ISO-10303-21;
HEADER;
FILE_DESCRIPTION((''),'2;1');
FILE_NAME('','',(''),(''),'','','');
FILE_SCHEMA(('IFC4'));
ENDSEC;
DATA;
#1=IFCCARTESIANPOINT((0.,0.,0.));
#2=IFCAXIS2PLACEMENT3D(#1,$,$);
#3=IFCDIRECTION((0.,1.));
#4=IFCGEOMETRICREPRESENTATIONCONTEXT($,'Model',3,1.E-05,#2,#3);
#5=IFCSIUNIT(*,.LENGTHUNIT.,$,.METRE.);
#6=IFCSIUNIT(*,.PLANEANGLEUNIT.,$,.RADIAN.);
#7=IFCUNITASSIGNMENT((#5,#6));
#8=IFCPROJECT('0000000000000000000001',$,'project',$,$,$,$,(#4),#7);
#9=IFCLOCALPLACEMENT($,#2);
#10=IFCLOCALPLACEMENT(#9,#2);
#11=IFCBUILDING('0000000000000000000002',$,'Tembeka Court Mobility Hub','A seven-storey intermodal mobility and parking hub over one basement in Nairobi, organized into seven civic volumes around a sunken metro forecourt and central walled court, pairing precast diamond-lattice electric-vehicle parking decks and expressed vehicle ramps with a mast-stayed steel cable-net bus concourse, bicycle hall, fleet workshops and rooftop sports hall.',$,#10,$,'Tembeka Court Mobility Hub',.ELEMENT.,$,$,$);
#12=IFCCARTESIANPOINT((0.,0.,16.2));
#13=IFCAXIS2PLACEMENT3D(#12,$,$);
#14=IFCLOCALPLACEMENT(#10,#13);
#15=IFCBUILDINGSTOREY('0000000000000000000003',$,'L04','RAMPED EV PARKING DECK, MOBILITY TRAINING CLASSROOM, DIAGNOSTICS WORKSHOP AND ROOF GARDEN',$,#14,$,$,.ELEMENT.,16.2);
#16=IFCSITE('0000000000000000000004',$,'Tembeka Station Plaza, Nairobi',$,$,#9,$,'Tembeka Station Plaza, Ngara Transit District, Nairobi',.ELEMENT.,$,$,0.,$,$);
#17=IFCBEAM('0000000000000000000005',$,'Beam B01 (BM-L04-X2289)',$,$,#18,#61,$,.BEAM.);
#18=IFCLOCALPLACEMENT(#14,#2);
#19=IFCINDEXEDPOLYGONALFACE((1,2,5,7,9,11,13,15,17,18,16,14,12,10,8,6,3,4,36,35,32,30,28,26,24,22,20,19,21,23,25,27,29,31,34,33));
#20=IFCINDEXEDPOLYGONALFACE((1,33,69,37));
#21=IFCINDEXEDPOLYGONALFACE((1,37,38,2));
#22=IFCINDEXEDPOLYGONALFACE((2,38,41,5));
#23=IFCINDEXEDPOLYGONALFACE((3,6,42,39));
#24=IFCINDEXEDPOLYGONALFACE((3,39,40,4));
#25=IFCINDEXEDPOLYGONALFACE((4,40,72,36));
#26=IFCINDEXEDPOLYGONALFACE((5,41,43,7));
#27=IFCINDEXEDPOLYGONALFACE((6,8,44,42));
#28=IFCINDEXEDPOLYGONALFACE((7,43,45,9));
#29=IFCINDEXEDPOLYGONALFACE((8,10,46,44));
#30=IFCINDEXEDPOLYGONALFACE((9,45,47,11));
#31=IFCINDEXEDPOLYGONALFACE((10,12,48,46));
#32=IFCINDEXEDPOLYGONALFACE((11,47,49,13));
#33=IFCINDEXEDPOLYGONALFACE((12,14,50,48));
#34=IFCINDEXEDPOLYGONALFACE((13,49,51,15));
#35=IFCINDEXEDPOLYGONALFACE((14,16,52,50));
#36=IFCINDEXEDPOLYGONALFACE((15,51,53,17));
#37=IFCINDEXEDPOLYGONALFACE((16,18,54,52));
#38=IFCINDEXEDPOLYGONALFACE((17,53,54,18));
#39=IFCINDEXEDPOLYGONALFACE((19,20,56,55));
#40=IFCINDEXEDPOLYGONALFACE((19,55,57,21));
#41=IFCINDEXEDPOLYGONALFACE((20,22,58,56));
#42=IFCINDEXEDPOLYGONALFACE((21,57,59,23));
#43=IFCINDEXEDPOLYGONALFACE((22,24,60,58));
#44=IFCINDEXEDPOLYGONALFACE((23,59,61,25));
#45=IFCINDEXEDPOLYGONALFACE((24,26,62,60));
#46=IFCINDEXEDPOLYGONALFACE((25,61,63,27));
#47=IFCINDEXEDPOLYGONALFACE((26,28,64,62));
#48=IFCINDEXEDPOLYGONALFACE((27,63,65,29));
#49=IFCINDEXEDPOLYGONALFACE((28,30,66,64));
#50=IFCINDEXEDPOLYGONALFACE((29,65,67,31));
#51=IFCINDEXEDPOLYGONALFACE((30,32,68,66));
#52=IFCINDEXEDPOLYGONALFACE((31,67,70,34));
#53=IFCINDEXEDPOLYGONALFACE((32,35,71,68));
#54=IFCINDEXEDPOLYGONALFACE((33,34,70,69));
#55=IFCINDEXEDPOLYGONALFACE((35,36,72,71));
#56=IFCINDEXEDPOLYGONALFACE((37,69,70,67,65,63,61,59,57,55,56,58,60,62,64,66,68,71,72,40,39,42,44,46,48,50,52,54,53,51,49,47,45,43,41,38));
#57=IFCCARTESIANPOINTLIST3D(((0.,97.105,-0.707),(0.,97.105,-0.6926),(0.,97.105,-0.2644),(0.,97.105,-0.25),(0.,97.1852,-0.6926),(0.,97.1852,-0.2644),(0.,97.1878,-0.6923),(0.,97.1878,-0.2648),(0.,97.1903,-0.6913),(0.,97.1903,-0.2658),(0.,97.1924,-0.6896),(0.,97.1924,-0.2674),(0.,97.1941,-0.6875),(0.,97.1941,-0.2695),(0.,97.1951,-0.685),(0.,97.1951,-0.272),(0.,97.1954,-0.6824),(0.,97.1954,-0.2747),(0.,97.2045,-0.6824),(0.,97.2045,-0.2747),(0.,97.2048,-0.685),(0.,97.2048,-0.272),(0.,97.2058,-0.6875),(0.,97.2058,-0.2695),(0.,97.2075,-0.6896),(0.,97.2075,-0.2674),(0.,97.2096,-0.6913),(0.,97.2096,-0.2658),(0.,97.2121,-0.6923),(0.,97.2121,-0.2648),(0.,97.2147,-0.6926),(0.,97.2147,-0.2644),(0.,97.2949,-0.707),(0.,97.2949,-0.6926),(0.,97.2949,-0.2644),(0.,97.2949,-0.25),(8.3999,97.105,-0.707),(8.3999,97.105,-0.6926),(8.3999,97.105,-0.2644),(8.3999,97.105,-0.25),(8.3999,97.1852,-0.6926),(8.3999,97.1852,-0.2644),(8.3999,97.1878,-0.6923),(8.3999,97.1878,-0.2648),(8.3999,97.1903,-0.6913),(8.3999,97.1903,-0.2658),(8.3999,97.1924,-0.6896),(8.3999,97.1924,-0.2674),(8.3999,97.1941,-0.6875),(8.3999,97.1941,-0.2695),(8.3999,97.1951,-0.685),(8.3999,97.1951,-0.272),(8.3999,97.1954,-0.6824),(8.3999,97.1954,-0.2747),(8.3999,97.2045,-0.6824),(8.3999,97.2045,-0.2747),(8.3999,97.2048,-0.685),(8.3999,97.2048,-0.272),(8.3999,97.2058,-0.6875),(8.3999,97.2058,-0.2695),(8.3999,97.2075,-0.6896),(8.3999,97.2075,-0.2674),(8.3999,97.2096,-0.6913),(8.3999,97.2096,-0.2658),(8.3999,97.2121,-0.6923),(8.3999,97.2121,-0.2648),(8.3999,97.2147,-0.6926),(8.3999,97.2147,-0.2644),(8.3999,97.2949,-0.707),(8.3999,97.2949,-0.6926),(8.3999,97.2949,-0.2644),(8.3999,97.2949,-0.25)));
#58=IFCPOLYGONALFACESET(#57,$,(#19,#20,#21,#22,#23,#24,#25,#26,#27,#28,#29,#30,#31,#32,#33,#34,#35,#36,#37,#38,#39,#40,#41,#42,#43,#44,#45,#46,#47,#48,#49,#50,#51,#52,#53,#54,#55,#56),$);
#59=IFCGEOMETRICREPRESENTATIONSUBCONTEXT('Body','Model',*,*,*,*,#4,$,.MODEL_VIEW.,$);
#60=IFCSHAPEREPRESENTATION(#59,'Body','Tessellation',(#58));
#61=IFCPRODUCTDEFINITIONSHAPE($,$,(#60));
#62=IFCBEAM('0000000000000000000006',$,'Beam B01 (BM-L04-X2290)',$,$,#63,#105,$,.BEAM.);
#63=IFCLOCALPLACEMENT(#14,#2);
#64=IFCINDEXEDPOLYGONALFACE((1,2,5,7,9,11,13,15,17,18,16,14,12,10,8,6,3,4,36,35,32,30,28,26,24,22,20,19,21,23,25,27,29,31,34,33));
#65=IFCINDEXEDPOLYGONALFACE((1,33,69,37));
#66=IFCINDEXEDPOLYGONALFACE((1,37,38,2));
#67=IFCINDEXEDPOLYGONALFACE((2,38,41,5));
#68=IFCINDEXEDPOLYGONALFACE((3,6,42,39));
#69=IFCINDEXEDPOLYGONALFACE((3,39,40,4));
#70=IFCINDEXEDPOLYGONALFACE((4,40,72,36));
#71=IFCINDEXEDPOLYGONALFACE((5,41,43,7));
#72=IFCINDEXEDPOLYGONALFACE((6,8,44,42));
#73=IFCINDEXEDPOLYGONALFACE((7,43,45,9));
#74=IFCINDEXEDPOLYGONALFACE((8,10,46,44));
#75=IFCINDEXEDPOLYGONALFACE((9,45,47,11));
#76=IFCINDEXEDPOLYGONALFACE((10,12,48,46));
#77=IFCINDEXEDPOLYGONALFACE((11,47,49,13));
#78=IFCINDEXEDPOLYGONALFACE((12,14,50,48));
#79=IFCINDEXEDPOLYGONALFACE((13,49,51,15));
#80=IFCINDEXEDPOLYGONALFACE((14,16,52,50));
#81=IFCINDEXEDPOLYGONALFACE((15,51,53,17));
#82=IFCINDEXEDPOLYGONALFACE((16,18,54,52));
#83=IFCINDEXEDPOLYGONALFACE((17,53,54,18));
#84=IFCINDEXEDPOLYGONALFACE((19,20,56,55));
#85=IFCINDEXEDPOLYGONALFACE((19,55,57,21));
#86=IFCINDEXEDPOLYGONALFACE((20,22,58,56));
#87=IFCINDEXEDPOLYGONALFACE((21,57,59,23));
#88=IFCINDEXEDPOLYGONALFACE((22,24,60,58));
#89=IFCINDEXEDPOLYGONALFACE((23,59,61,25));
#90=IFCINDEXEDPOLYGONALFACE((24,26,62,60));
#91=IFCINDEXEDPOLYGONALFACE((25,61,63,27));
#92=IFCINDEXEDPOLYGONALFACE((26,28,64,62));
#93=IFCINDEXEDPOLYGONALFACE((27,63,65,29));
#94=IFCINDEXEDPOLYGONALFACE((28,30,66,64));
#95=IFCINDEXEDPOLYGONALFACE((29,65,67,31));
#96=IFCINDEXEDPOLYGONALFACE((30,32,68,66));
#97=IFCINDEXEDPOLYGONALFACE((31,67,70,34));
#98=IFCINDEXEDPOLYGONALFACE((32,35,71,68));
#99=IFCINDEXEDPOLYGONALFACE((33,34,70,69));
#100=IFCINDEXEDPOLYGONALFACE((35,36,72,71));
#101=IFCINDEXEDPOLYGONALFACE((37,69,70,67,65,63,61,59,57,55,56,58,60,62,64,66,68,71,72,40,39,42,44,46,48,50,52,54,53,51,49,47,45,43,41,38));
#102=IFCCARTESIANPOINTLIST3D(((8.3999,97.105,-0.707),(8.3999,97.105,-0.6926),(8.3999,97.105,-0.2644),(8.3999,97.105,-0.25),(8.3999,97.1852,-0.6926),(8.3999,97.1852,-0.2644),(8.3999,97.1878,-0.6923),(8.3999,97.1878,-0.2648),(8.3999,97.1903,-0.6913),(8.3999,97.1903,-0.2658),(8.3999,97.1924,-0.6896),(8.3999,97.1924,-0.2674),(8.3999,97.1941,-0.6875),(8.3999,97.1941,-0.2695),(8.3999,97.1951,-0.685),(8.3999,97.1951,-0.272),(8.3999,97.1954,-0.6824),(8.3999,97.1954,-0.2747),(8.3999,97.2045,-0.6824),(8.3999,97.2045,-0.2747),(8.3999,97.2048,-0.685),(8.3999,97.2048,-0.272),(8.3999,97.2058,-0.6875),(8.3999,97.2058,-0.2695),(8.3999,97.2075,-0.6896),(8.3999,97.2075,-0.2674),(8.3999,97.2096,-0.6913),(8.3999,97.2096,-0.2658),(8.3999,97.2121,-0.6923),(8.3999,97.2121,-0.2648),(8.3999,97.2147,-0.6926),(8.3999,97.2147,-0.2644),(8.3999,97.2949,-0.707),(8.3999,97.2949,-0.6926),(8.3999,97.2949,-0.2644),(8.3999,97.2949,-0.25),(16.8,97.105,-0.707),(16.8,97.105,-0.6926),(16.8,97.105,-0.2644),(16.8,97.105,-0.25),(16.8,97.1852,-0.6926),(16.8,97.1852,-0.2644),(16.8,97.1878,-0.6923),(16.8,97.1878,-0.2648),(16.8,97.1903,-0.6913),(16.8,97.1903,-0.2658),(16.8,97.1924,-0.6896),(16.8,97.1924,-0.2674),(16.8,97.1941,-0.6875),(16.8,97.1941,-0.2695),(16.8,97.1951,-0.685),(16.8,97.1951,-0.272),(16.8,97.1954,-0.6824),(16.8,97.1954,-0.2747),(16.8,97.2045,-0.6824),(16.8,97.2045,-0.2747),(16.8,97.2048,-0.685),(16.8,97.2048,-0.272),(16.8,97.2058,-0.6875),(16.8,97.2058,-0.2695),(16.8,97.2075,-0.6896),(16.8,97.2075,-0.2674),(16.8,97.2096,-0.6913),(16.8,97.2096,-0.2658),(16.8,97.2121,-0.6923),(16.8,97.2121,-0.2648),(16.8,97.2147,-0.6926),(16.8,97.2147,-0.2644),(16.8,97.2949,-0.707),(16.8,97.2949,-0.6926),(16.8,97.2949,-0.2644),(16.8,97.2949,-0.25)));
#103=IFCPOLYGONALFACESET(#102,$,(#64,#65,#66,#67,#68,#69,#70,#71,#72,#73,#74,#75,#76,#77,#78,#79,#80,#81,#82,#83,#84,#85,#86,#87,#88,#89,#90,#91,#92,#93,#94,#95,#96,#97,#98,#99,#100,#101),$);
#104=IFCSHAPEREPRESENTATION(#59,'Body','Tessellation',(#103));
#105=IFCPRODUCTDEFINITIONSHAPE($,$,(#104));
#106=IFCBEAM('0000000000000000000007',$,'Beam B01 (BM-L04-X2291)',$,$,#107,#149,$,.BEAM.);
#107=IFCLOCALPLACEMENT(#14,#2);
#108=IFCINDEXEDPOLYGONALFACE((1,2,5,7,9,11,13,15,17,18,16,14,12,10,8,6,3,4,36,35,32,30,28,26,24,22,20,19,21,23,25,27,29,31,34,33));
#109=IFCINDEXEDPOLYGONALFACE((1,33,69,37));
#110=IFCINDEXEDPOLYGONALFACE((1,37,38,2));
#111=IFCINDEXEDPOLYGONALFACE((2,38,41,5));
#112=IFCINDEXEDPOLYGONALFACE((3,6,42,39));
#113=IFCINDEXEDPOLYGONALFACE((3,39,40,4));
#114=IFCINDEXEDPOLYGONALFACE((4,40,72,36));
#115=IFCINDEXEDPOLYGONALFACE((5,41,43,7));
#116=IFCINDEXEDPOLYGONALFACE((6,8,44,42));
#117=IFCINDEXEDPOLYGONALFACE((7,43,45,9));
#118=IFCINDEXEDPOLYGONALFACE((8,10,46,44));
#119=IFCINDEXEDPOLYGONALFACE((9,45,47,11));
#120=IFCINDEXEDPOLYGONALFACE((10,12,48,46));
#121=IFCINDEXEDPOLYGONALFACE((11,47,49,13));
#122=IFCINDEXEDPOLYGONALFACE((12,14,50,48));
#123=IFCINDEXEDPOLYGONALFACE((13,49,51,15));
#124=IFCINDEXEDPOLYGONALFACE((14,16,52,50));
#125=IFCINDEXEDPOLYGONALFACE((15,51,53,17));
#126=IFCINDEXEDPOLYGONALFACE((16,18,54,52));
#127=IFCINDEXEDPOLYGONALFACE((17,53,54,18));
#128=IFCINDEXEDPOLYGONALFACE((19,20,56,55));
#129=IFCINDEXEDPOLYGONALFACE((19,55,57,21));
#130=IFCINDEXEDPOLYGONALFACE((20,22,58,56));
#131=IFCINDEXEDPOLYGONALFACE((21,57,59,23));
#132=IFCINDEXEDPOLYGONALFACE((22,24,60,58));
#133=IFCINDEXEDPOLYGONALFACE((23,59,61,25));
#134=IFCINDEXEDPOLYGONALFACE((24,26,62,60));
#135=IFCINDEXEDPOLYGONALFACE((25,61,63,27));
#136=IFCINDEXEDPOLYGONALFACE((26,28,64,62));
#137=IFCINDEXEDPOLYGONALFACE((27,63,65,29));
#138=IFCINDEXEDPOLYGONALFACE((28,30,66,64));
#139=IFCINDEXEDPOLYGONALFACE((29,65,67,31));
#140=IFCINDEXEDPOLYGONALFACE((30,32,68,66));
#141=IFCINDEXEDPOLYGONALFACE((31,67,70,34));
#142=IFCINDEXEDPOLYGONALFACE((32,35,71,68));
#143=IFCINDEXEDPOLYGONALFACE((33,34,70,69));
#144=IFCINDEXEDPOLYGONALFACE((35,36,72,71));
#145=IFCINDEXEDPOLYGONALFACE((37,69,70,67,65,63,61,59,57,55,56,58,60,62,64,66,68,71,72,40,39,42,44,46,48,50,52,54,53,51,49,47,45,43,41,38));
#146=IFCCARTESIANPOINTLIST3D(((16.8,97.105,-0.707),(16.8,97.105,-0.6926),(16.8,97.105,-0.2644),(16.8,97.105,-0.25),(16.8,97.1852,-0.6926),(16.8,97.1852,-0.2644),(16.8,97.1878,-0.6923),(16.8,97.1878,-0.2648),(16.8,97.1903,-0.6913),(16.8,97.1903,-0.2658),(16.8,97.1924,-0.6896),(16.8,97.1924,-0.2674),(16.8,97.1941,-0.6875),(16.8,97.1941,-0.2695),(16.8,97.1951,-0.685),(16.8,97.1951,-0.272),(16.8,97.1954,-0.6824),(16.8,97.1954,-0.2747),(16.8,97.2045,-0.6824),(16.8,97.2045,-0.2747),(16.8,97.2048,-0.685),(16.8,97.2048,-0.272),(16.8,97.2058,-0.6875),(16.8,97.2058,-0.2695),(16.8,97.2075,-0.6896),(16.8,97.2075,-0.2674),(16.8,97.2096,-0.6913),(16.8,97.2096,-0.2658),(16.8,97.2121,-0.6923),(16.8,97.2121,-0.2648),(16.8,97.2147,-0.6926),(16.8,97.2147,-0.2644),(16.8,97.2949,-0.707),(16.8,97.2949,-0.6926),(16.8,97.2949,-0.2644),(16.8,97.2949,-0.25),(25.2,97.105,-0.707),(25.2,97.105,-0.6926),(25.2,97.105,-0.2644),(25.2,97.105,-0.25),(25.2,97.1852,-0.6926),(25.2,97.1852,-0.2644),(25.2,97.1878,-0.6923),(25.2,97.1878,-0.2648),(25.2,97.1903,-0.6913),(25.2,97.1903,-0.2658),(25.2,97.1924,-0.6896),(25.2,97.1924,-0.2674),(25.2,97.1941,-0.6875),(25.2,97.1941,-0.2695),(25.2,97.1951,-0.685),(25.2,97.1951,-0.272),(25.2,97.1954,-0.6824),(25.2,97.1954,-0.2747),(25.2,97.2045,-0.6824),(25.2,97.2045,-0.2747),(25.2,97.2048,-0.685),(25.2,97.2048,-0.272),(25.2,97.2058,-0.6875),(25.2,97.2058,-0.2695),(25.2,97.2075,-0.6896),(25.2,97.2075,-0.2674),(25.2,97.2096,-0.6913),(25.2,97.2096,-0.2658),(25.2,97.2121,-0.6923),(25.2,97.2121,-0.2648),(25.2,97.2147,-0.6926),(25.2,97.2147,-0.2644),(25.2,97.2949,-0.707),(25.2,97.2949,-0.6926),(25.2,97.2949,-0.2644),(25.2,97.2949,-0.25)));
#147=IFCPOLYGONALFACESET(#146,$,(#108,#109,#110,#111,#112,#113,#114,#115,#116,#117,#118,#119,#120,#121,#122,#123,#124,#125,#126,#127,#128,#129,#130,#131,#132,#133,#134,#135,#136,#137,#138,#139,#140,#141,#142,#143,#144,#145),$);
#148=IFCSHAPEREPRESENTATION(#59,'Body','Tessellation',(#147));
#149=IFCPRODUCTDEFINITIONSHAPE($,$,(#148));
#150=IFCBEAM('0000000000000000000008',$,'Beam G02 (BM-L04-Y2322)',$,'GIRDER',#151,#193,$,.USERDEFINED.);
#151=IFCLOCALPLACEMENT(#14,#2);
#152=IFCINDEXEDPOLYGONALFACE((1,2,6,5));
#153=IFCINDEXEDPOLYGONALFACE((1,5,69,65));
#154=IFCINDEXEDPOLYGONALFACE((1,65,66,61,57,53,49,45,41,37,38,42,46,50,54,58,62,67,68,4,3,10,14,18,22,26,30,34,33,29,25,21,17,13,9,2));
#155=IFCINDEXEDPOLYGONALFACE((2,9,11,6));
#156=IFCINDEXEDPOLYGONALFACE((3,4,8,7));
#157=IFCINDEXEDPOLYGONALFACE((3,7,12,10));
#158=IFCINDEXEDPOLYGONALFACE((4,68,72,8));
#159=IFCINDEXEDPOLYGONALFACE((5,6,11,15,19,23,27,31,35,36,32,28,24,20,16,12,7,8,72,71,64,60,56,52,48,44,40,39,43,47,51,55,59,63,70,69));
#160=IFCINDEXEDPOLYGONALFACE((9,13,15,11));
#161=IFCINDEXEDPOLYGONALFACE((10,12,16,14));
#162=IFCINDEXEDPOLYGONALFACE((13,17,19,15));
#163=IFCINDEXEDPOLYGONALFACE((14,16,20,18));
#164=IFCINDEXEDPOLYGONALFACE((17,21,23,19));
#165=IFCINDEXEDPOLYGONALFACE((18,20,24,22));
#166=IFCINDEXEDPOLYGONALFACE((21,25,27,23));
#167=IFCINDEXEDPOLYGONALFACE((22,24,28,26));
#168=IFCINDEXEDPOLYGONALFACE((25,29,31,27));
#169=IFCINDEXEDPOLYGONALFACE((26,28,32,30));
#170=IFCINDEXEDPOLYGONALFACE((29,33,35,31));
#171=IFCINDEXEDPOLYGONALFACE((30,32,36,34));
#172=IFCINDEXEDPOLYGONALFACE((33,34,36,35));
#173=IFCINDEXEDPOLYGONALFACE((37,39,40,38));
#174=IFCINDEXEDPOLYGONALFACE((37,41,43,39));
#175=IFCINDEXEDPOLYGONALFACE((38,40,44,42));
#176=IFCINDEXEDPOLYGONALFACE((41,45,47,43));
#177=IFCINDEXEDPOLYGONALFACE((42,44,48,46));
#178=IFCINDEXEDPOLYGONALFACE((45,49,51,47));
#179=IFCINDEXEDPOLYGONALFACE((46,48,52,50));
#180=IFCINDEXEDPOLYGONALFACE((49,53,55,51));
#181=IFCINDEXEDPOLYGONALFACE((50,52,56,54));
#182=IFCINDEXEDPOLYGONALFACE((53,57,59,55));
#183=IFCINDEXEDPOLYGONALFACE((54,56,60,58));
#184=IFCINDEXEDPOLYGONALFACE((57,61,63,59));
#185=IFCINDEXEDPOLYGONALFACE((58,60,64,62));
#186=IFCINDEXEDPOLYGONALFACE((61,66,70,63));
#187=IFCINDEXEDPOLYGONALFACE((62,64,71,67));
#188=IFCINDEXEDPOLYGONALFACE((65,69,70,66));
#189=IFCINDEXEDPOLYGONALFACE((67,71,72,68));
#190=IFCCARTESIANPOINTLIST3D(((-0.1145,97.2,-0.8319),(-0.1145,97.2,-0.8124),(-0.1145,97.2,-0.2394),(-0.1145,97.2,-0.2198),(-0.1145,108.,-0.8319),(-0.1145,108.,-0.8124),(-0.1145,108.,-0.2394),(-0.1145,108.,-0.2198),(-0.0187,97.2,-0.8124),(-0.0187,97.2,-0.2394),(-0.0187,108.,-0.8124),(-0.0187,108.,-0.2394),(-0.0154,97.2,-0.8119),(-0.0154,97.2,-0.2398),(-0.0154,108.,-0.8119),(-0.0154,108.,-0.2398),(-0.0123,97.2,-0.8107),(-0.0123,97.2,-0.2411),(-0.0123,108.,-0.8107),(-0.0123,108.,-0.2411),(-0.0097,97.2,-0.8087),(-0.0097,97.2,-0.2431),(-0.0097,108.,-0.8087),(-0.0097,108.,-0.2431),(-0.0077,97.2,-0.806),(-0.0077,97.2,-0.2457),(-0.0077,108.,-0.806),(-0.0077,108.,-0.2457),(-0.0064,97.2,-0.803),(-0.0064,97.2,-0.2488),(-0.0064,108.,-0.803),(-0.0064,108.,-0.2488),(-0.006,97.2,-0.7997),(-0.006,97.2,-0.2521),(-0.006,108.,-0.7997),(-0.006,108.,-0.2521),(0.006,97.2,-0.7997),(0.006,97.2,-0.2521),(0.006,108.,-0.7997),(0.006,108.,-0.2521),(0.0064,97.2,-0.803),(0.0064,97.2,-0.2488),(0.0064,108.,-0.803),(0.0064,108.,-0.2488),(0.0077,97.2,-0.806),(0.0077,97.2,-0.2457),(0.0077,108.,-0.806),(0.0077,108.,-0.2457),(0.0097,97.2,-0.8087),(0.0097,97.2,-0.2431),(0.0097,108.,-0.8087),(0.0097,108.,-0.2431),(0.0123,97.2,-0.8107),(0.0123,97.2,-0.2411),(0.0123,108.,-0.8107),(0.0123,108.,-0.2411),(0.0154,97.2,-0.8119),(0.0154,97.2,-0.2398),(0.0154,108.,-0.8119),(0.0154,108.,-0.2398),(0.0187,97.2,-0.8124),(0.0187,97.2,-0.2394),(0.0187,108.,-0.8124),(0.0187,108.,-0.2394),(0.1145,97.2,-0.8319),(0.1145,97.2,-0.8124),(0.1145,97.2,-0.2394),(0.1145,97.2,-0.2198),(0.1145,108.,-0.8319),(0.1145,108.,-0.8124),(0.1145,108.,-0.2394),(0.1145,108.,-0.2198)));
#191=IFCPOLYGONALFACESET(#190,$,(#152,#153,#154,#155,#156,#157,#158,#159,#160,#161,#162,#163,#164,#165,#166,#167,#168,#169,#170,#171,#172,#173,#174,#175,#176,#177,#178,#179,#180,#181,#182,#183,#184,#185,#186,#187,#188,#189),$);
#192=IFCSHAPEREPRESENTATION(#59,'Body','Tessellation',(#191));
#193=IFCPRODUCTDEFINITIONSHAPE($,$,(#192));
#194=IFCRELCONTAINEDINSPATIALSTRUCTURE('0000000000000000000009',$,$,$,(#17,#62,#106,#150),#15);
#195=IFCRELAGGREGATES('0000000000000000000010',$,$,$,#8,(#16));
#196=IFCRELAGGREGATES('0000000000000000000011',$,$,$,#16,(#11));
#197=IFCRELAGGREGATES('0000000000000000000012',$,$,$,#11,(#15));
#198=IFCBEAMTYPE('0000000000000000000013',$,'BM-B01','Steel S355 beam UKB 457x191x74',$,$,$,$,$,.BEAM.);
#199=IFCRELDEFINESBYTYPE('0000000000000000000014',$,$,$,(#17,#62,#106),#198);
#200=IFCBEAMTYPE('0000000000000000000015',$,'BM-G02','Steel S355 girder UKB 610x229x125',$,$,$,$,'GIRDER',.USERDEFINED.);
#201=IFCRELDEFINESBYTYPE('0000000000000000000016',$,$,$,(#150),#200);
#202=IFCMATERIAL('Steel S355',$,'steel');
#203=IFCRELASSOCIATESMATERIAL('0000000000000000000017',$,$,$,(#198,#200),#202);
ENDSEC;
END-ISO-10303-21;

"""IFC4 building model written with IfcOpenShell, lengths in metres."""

from ifc_helpers import new_model, si_unit, direction, frame, origin, origin_2d, place, context, subcontext, project, spatial, i_section, extrude, material, material_profile, profile_set, type_object, element, save


model = new_model("IFC4")

# Units and contexts
model_context = context("Model", 3, precision=1e-05, world=origin(), true_north=direction((0.0, 1.0)))
body_context = subcontext(model_context, "Body", "Model", "MODEL_VIEW")
ifc_project = project(units=[si_unit("LENGTHUNIT", "METRE"), si_unit("PLANEANGLEUNIT", "RADIAN")], contexts=[model_context])

# Site, building, storey
site_placement = place(None, origin())
site = spatial("IfcSite", under=ifc_project, at=site_placement, Name="Tembeka Station Plaza, Nairobi", LongName="Tembeka Station Plaza, Ngara Transit District, Nairobi", CompositionType="ELEMENT", RefElevation=0.0)
building_placement = place(site_placement, origin())
building = spatial("IfcBuilding", under=site, at=building_placement, Name="Tembeka Court Mobility Hub", Description="A seven-storey intermodal mobility and parking hub over one basement in Nairobi, organized into seven civic volumes around a sunken metro forecourt and central walled court, pairing precast diamond-lattice electric-vehicle parking decks and expressed vehicle ramps with a mast-stayed steel cable-net bus concourse, bicycle hall, fleet workshops and rooftop sports hall.", LongName="Tembeka Court Mobility Hub", CompositionType="ELEMENT")
storey_placement = place(building_placement, frame((0.0, 0.0, 16.2)))
storey = spatial("IfcBuildingStorey", under=building, at=storey_placement, Name="L04", Description="RAMPED EV PARKING DECK, MOBILITY TRAINING CLASSROOM, DIAGNOSTICS WORKSHOP AND ROOF GARDEN", CompositionType="ELEMENT", Elevation=16.2)

# Shared definitions
ifc_material_1 = material(Name="Steel S355", Category="steel")

# Beams
ifc_material_profile_1 = material_profile(ifc_material_1, i_section(OverallWidth=0.1899, OverallDepth=0.457, WebThickness=0.009, FlangeThickness=0.0144, FilletRadius=0.0103, at=origin_2d()), Name="UKB 457x191x74")
ifc_profile_set_1 = profile_set([ifc_material_profile_1], Name="Steel S355")
beam_type_1 = type_object("IfcBeamType", Name="BM-B01", Description="Steel S355 beam UKB 457x191x74", PredefinedType="BEAM", material=ifc_profile_set_1)
beam_1_placement = place(storey_placement, frame((0.0, 97.2, -0.4785), z_axis=(1.0, 0.0, 0.0), x_axis=(0.0, 1.0, 0.0)))
element("IfcBeam", 1, at=beam_1_placement, inside=storey, type_object=beam_type_1, Name="Beam B01 (BM-L04-X2289)", PredefinedType="BEAM", context=body_context, shape_type="SweptSolid", body=[
    extrude(i_section(OverallWidth=0.1899, OverallDepth=0.457, WebThickness=0.009, FlangeThickness=0.0144, FilletRadius=0.0103, at=origin_2d()), origin(), (0.0, 0.0, 1.0), 8.3999),
])
beam_2_placement = place(storey_placement, frame((8.3999, 97.2, -0.4785), z_axis=(1.0, 0.0, 0.0), x_axis=(0.0, 1.0, 0.0)))
element("IfcBeam", 2, at=beam_2_placement, inside=storey, type_object=beam_type_1, Name="Beam B01 (BM-L04-X2290)", PredefinedType="BEAM", context=body_context, shape_type="SweptSolid", body=[
    extrude(i_section(OverallWidth=0.1899, OverallDepth=0.457, WebThickness=0.009, FlangeThickness=0.0144, FilletRadius=0.0103, at=origin_2d()), origin(), (0.0, 0.0, 1.0), 8.4001),
])
beam_3_placement = place(storey_placement, frame((16.8, 97.2, -0.4785), z_axis=(1.0, 0.0, 0.0), x_axis=(0.0, 1.0, 0.0)))
element("IfcBeam", 3, at=beam_3_placement, inside=storey, type_object=beam_type_1, Name="Beam B01 (BM-L04-X2291)", PredefinedType="BEAM", context=body_context, shape_type="SweptSolid", body=[
    extrude(i_section(OverallWidth=0.1899, OverallDepth=0.457, WebThickness=0.009, FlangeThickness=0.0144, FilletRadius=0.0103, at=origin_2d()), origin(), (0.0, 0.0, 1.0), 8.3999),
])
ifc_material_profile_2 = material_profile(ifc_material_1, i_section(OverallWidth=0.229, OverallDepth=0.6121, WebThickness=0.012, FlangeThickness=0.0195, FilletRadius=0.0127, at=origin_2d()), Name="UKB 610x229x125")
ifc_profile_set_2 = profile_set([ifc_material_profile_2], Name="Steel S355")
beam_type_2 = type_object("IfcBeamType", Name="BM-G02", Description="Steel S355 girder UKB 610x229x125", ElementType="GIRDER", PredefinedType="USERDEFINED", material=ifc_profile_set_2)
for number, where, z_axis, x_axis, name in (
    (4, (0.0, 97.2, -0.5259), (0.0, 1.0, 0.0), (-1.0, 0.0, 0.0), "Beam G02 (BM-L04-Y2322)"),
):
    element("IfcBeam", number, at=place(storey_placement, frame(where, z_axis=z_axis, x_axis=x_axis)), inside=storey, type_object=beam_type_2, Name=name, ObjectType="GIRDER", PredefinedType="USERDEFINED", context=body_context, shape_type="SweptSolid", body=[
        extrude(i_section(OverallWidth=0.229, OverallDepth=0.6121, WebThickness=0.012, FlangeThickness=0.0195, FilletRadius=0.0127, at=origin_2d()), origin(), (0.0, 0.0, 1.0), 10.8),
    ])

save(model, "model.ifc")
